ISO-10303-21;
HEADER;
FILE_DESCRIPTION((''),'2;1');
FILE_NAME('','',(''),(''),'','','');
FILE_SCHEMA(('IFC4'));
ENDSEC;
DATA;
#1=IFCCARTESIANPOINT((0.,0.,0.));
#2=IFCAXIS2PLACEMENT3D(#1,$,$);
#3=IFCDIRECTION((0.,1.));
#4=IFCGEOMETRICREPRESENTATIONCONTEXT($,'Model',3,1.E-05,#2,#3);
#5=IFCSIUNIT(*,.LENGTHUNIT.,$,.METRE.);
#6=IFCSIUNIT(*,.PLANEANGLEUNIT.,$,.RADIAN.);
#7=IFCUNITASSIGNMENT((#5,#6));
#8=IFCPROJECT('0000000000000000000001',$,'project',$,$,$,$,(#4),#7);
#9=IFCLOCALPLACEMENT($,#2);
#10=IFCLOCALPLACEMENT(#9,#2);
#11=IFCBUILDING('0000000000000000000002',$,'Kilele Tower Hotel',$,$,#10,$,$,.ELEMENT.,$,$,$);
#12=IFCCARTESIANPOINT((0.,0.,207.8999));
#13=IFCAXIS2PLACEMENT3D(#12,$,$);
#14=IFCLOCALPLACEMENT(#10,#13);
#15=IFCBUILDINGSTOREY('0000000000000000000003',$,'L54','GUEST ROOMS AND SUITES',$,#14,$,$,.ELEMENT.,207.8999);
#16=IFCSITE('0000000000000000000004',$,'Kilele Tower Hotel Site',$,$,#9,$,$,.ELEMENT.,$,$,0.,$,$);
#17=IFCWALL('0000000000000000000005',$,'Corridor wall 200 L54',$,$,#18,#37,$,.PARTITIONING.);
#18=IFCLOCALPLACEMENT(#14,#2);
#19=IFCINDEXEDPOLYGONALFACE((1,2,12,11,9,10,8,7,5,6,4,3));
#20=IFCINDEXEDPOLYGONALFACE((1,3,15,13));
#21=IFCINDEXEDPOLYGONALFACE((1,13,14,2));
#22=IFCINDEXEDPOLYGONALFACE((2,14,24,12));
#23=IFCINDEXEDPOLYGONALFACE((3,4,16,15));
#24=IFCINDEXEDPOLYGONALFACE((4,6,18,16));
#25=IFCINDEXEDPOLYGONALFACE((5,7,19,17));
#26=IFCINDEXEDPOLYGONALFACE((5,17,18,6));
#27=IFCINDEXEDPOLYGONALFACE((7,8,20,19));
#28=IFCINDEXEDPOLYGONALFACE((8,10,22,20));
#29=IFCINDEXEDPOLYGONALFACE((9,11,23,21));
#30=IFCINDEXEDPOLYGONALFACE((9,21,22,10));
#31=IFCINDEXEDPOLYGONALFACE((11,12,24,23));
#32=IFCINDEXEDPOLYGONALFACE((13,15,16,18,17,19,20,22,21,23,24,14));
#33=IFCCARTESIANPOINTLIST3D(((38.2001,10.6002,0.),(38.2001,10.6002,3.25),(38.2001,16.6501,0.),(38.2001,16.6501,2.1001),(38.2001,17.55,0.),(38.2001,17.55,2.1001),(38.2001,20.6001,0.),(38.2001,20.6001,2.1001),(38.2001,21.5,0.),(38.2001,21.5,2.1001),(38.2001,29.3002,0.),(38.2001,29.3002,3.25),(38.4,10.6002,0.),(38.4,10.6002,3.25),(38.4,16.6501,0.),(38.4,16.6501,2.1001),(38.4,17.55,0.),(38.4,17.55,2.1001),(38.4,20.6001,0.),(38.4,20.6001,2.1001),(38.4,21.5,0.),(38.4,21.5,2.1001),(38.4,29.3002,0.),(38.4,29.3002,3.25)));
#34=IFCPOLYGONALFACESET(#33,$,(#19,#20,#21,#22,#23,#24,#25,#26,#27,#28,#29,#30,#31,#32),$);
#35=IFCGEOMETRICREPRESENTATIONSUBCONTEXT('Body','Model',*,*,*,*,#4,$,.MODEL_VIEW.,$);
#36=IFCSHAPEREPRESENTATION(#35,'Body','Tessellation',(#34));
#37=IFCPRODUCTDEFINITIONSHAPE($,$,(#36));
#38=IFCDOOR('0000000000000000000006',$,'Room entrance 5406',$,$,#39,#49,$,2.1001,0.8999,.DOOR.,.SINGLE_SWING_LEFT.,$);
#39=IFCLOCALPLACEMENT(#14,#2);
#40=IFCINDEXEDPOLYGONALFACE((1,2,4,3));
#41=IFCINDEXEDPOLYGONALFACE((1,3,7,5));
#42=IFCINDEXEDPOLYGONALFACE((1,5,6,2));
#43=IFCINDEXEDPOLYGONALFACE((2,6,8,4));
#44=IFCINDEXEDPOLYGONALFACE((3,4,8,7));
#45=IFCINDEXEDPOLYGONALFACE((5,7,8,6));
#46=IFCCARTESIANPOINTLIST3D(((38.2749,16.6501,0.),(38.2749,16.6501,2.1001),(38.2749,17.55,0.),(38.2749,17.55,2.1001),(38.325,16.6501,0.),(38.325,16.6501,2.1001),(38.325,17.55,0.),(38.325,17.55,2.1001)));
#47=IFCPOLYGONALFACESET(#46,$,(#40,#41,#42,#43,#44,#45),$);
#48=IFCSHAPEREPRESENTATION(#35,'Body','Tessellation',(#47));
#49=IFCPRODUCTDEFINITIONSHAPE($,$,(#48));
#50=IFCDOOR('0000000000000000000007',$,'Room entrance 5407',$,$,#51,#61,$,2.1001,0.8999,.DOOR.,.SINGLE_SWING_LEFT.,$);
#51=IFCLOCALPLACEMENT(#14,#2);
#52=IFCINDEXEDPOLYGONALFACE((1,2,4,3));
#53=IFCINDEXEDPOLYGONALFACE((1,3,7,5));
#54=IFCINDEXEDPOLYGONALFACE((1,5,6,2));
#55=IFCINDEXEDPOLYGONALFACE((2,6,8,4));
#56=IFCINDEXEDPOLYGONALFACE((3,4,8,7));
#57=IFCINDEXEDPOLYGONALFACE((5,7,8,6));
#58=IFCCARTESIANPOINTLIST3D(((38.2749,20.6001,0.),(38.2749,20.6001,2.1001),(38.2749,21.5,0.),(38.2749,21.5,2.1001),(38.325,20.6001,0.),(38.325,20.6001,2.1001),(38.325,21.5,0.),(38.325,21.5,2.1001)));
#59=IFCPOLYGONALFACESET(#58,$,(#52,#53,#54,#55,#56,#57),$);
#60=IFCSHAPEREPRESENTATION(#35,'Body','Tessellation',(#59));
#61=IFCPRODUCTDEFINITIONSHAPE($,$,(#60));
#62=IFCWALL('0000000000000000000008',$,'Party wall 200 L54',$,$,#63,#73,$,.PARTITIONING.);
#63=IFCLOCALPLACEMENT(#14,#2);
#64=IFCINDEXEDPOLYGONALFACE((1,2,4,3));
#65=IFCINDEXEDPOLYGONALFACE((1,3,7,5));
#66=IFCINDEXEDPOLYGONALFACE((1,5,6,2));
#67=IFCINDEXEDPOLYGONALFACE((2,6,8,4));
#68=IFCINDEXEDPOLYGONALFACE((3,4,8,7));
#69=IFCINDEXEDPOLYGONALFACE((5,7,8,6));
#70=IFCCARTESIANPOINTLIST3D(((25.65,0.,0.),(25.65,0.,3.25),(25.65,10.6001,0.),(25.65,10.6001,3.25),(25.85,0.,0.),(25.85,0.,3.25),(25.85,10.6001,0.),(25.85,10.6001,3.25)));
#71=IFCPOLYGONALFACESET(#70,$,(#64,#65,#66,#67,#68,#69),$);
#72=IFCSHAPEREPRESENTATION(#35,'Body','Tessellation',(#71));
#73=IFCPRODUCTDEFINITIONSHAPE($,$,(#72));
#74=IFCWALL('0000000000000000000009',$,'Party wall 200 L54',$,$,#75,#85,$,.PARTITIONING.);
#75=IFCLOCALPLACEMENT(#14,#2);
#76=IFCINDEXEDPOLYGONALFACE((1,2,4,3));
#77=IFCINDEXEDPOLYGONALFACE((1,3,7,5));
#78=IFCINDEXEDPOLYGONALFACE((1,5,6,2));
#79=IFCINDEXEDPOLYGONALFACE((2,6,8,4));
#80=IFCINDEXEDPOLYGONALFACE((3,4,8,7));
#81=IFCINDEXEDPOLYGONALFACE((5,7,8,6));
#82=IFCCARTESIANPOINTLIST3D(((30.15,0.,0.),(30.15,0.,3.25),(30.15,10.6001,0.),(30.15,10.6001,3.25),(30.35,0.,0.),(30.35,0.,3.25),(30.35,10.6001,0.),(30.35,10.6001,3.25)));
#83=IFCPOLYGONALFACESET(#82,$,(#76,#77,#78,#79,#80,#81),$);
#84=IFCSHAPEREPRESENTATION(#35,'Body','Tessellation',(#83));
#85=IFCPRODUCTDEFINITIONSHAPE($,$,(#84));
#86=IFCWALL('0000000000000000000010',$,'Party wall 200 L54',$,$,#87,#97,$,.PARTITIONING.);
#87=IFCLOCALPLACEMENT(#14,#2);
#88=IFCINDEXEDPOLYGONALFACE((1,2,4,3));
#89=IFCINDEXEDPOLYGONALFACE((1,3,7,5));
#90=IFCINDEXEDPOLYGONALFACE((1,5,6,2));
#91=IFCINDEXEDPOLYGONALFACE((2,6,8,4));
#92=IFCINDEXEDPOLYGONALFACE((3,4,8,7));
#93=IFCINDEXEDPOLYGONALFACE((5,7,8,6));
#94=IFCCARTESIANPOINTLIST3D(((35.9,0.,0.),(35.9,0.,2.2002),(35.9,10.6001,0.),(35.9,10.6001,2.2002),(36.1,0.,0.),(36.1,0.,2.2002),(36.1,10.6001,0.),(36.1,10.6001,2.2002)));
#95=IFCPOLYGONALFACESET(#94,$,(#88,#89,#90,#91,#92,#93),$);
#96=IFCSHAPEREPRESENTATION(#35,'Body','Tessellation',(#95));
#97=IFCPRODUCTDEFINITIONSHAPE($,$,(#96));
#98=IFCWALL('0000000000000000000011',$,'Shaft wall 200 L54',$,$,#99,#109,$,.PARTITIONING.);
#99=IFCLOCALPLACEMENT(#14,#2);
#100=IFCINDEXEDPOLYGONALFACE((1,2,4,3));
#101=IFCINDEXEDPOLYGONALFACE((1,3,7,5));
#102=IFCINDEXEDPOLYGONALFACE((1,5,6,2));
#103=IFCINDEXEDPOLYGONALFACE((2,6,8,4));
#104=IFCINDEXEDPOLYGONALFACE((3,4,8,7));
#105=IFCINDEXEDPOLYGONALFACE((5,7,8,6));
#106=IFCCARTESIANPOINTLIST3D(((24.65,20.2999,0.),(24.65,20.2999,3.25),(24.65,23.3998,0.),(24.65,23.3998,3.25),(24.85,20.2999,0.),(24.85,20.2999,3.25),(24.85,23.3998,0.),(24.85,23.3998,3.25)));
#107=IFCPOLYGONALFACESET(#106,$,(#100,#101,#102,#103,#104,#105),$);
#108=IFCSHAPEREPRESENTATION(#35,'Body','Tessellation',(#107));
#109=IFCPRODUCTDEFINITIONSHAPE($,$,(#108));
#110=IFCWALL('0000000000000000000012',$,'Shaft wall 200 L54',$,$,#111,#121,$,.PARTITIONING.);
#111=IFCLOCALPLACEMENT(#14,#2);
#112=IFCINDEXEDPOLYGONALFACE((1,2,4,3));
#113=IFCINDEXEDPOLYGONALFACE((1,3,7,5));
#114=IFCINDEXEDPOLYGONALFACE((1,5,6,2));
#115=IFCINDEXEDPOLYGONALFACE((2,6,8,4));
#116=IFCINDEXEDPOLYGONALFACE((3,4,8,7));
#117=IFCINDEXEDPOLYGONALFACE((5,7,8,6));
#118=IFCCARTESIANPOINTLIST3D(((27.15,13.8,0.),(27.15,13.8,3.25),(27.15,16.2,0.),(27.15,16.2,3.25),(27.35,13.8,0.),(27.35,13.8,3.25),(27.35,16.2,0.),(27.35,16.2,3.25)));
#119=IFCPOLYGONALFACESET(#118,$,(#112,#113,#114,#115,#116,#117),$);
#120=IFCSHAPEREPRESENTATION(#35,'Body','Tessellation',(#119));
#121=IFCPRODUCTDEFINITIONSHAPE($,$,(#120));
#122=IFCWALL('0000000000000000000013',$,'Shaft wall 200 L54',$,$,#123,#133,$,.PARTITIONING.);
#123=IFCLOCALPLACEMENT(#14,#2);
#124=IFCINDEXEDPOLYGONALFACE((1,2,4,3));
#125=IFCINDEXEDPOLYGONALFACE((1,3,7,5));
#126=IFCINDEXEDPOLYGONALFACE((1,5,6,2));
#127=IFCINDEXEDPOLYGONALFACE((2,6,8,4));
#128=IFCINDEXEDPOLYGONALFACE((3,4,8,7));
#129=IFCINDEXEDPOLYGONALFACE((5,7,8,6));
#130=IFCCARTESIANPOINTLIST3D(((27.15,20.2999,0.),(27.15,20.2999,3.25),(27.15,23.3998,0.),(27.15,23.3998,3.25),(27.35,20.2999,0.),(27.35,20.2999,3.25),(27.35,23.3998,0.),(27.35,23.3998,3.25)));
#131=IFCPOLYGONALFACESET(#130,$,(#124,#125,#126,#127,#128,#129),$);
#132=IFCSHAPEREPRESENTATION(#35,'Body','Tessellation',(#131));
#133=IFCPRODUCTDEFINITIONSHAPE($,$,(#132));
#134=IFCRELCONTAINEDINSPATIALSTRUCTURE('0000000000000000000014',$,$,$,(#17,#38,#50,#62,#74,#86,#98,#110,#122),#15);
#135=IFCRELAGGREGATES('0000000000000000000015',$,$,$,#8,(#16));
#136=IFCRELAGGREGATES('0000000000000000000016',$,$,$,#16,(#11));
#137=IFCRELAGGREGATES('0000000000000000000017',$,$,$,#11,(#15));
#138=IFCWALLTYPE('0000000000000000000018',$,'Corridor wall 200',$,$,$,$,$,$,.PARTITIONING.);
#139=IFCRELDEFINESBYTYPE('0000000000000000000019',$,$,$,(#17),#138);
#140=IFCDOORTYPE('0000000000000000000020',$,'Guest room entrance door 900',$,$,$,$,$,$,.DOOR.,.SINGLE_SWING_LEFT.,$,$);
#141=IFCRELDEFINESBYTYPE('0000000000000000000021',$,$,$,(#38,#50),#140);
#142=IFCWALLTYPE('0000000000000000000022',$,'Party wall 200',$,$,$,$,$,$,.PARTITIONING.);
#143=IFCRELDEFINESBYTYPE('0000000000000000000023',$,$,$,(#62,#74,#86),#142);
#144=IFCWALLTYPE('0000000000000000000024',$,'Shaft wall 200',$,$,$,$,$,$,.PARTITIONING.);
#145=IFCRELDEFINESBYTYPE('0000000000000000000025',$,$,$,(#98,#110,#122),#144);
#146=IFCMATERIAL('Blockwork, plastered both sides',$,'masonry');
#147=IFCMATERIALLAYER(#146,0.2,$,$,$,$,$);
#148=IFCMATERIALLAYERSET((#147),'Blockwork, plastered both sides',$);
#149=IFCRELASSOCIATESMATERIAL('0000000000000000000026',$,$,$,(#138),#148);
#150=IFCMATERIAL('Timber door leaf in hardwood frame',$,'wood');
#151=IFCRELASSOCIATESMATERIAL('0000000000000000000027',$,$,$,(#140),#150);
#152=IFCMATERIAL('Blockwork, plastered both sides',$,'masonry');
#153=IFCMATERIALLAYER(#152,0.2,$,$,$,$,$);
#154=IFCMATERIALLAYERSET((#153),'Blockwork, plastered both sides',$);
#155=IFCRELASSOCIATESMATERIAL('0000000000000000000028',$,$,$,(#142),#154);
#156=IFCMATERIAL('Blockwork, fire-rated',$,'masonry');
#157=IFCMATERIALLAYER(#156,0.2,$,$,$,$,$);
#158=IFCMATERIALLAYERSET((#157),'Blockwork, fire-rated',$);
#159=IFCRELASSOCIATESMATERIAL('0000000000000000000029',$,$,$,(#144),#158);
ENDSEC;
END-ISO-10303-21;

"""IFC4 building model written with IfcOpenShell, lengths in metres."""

from ifc_helpers import new_model, si_unit, direction, frame, frame_2d, origin, place, context, subcontext, project, spatial, rectangle, extrude, material, layer, layer_set, type_object, element, fill, save


model = new_model("IFC4")

# Units and contexts
model_context = context("Model", 3, precision=1e-05, world=origin(), true_north=direction((0.0, 1.0)))
body_context = subcontext(model_context, "Body", "Model", "MODEL_VIEW")
ifc_project = project(units=[si_unit("LENGTHUNIT", "METRE"), si_unit("PLANEANGLEUNIT", "RADIAN")], contexts=[model_context])

# Site, building, storey
site_placement = place(None, origin())
site = spatial("IfcSite", under=ifc_project, at=site_placement, Name="Kilele Tower Hotel Site", CompositionType="ELEMENT", RefElevation=0.0)
building_placement = place(site_placement, origin())
building = spatial("IfcBuilding", under=site, at=building_placement, Name="Kilele Tower Hotel", CompositionType="ELEMENT")
storey_placement = place(building_placement, frame((0.0, 0.0, 207.8999)))
storey = spatial("IfcBuildingStorey", under=building, at=storey_placement, Name="L54", Description="GUEST ROOMS AND SUITES", CompositionType="ELEMENT", Elevation=207.8999)

# Wall, openings, doors
ifc_material_1 = material(Name="Blockwork, plastered both sides", Category="masonry")
ifc_layer_1 = layer(ifc_material_1, 0.2)
ifc_layer_set_1 = layer_set([ifc_layer_1], Name="Blockwork, plastered both sides")
wall_type_1 = type_object("IfcWallType", Name="Corridor wall 200", PredefinedType="PARTITIONING", material=ifc_layer_set_1)
wall_1_placement = place(storey_placement, frame((38.3, 10.6001, 0.0), z_axis=(0.0, 0.0, 1.0), x_axis=(0.0, 1.0, 0.0)))
wall_1 = element("IfcWall", 1, at=wall_1_placement, inside=storey, type_object=wall_type_1, Name="Corridor wall 200 L54", PredefinedType="PARTITIONING", context=body_context, shape_type="SweptSolid", body=[
    extrude(rectangle(XDim=18.7, YDim=0.2, at=frame_2d((9.3501, 0.0))), origin(), (0.0, 0.0, 1.0), 3.25),
])
opening_1_placement = place(wall_1_placement, frame((6.95, 0.0, 0.0), z_axis=(0.0, 0.0, 1.0), x_axis=(-1.0, 0.0, 0.0)))
opening_1 = element("IfcOpeningElement", 2, at=opening_1_placement, cuts=wall_1, PredefinedType="OPENING", context=body_context, shape_type="SweptSolid", body=[
    extrude(rectangle(XDim=0.8999, YDim=2.1001, at=frame_2d((0.45, 1.05))), frame((0.0, 0.1099, 0.0), z_axis=(0.0, -1.0, 0.0), x_axis=(1.0, 0.0, 0.0)), (0.0, 0.0, 1.0), 0.22),
])
opening_2_placement = place(wall_1_placement, frame((10.8999, 0.0, 0.0), z_axis=(0.0, 0.0, 1.0), x_axis=(-1.0, 0.0, 0.0)))
opening_2 = element("IfcOpeningElement", 3, at=opening_2_placement, cuts=wall_1, PredefinedType="OPENING", context=body_context, shape_type="SweptSolid", body=[
    extrude(rectangle(XDim=0.8999, YDim=2.1001, at=frame_2d((0.45, 1.05))), frame((0.0, 0.1099, 0.0), z_axis=(0.0, -1.0, 0.0), x_axis=(1.0, 0.0, 0.0)), (0.0, 0.0, 1.0), 0.22),
])
ifc_material_2 = material(Name="Timber door leaf in hardwood frame", Category="wood")
door_type_1 = type_object("IfcDoorType", Name="Guest room entrance door 900", OperationType="SINGLE_SWING_LEFT", PredefinedType="DOOR", material=ifc_material_2)
door_1_placement = place(opening_1_placement, origin())
door_1 = element("IfcDoor", 4, at=door_1_placement, inside=storey, type_object=door_type_1, Name="Room entrance 5406", OperationType="SINGLE_SWING_LEFT", OverallHeight=2.1001, OverallWidth=0.8999, PredefinedType="DOOR", context=body_context, shape_type="SweptSolid", body=[
    extrude(rectangle(XDim=0.8999, YDim=2.1001, at=frame_2d((0.45, 1.05))), frame((0.0, 0.0249, 0.0), z_axis=(0.0, -1.0, 0.0), x_axis=(1.0, 0.0, 0.0)), (0.0, 0.0, 1.0), 0.05),
])
fill(opening_1, door_1)
door_2_placement = place(opening_2_placement, origin())
door_2 = element("IfcDoor", 5, at=door_2_placement, inside=storey, type_object=door_type_1, Name="Room entrance 5407", OperationType="SINGLE_SWING_LEFT", OverallHeight=2.1001, OverallWidth=0.8999, PredefinedType="DOOR", context=body_context, shape_type="SweptSolid", body=[
    extrude(rectangle(XDim=0.8999, YDim=2.1001, at=frame_2d((0.45, 1.05))), frame((0.0, 0.0249, 0.0), z_axis=(0.0, -1.0, 0.0), x_axis=(1.0, 0.0, 0.0)), (0.0, 0.0, 1.0), 0.05),
])
fill(opening_2, door_2)

# Walls
ifc_material_3 = material(Name="Blockwork, plastered both sides", Category="masonry")
ifc_layer_2 = layer(ifc_material_3, 0.2)
ifc_layer_set_2 = layer_set([ifc_layer_2], Name="Blockwork, plastered both sides")
wall_type_2 = type_object("IfcWallType", Name="Party wall 200", PredefinedType="PARTITIONING", material=ifc_layer_set_2)
for number, where, z_axis, x_axis, name in (
    (6, (25.75, 10.6001, 0.0), (0.0, 0.0, 1.0), (0.0, -1.0, 0.0), "Party wall 200 L54"),
    (7, (30.25, 10.6001, 0.0), (0.0, 0.0, 1.0), (0.0, -1.0, 0.0), "Party wall 200 L54"),
):
    element("IfcWall", number, at=place(storey_placement, frame(where, z_axis=z_axis, x_axis=x_axis)), inside=storey, type_object=wall_type_2, Name=name, PredefinedType="PARTITIONING", context=body_context, shape_type="SweptSolid", body=[
        extrude(rectangle(XDim=10.6001, YDim=0.2, at=frame_2d((5.3, 0.0))), origin(), (0.0, 0.0, 1.0), 3.25),
    ])
wall_2_placement = place(storey_placement, frame((36.0, 10.6001, 0.0), z_axis=(0.0, 0.0, 1.0), x_axis=(0.0, -1.0, 0.0)))
element("IfcWall", 8, at=wall_2_placement, inside=storey, type_object=wall_type_2, Name="Party wall 200 L54", PredefinedType="PARTITIONING", context=body_context, shape_type="SweptSolid", body=[
    extrude(rectangle(XDim=10.6001, YDim=0.2, at=frame_2d((5.3, 0.0))), origin(), (0.0, 0.0, 1.0), 2.2002),
])
ifc_material_4 = material(Name="Blockwork, fire-rated", Category="masonry")
ifc_layer_3 = layer(ifc_material_4, 0.2)
ifc_layer_set_3 = layer_set([ifc_layer_3], Name="Blockwork, fire-rated")
wall_type_3 = type_object("IfcWallType", Name="Shaft wall 200", PredefinedType="PARTITIONING", material=ifc_layer_set_3)
wall_3_placement = place(storey_placement, frame((24.75, 20.3, 0.0), z_axis=(0.0, 0.0, 1.0), x_axis=(0.0, 1.0, 0.0)))
element("IfcWall", 9, at=wall_3_placement, inside=storey, type_object=wall_type_3, Name="Shaft wall 200 L54", PredefinedType="PARTITIONING", context=body_context, shape_type="SweptSolid", body=[
    extrude(rectangle(XDim=3.0999, YDim=0.2, at=frame_2d((1.5498, 0.0))), origin(), (0.0, 0.0, 1.0), 3.25),
])
wall_4_placement = place(storey_placement, frame((27.25, 13.8, 0.0), z_axis=(0.0, 0.0, 1.0), x_axis=(0.0, 1.0, 0.0)))
element("IfcWall", 10, at=wall_4_placement, inside=storey, type_object=wall_type_3, Name="Shaft wall 200 L54", PredefinedType="PARTITIONING", context=body_context, shape_type="SweptSolid", body=[
    extrude(rectangle(XDim=2.3999, YDim=0.2, at=frame_2d((1.2, 0.0))), origin(), (0.0, 0.0, 1.0), 3.25),
])
wall_5_placement = place(storey_placement, frame((27.25, 20.3, 0.0), z_axis=(0.0, 0.0, 1.0), x_axis=(0.0, 1.0, 0.0)))
element("IfcWall", 11, at=wall_5_placement, inside=storey, type_object=wall_type_3, Name="Shaft wall 200 L54", PredefinedType="PARTITIONING", context=body_context, shape_type="SweptSolid", body=[
    extrude(rectangle(XDim=3.0999, YDim=0.2, at=frame_2d((1.5498, 0.0))), origin(), (0.0, 0.0, 1.0), 3.25),
])

save(model, "model.ifc")
